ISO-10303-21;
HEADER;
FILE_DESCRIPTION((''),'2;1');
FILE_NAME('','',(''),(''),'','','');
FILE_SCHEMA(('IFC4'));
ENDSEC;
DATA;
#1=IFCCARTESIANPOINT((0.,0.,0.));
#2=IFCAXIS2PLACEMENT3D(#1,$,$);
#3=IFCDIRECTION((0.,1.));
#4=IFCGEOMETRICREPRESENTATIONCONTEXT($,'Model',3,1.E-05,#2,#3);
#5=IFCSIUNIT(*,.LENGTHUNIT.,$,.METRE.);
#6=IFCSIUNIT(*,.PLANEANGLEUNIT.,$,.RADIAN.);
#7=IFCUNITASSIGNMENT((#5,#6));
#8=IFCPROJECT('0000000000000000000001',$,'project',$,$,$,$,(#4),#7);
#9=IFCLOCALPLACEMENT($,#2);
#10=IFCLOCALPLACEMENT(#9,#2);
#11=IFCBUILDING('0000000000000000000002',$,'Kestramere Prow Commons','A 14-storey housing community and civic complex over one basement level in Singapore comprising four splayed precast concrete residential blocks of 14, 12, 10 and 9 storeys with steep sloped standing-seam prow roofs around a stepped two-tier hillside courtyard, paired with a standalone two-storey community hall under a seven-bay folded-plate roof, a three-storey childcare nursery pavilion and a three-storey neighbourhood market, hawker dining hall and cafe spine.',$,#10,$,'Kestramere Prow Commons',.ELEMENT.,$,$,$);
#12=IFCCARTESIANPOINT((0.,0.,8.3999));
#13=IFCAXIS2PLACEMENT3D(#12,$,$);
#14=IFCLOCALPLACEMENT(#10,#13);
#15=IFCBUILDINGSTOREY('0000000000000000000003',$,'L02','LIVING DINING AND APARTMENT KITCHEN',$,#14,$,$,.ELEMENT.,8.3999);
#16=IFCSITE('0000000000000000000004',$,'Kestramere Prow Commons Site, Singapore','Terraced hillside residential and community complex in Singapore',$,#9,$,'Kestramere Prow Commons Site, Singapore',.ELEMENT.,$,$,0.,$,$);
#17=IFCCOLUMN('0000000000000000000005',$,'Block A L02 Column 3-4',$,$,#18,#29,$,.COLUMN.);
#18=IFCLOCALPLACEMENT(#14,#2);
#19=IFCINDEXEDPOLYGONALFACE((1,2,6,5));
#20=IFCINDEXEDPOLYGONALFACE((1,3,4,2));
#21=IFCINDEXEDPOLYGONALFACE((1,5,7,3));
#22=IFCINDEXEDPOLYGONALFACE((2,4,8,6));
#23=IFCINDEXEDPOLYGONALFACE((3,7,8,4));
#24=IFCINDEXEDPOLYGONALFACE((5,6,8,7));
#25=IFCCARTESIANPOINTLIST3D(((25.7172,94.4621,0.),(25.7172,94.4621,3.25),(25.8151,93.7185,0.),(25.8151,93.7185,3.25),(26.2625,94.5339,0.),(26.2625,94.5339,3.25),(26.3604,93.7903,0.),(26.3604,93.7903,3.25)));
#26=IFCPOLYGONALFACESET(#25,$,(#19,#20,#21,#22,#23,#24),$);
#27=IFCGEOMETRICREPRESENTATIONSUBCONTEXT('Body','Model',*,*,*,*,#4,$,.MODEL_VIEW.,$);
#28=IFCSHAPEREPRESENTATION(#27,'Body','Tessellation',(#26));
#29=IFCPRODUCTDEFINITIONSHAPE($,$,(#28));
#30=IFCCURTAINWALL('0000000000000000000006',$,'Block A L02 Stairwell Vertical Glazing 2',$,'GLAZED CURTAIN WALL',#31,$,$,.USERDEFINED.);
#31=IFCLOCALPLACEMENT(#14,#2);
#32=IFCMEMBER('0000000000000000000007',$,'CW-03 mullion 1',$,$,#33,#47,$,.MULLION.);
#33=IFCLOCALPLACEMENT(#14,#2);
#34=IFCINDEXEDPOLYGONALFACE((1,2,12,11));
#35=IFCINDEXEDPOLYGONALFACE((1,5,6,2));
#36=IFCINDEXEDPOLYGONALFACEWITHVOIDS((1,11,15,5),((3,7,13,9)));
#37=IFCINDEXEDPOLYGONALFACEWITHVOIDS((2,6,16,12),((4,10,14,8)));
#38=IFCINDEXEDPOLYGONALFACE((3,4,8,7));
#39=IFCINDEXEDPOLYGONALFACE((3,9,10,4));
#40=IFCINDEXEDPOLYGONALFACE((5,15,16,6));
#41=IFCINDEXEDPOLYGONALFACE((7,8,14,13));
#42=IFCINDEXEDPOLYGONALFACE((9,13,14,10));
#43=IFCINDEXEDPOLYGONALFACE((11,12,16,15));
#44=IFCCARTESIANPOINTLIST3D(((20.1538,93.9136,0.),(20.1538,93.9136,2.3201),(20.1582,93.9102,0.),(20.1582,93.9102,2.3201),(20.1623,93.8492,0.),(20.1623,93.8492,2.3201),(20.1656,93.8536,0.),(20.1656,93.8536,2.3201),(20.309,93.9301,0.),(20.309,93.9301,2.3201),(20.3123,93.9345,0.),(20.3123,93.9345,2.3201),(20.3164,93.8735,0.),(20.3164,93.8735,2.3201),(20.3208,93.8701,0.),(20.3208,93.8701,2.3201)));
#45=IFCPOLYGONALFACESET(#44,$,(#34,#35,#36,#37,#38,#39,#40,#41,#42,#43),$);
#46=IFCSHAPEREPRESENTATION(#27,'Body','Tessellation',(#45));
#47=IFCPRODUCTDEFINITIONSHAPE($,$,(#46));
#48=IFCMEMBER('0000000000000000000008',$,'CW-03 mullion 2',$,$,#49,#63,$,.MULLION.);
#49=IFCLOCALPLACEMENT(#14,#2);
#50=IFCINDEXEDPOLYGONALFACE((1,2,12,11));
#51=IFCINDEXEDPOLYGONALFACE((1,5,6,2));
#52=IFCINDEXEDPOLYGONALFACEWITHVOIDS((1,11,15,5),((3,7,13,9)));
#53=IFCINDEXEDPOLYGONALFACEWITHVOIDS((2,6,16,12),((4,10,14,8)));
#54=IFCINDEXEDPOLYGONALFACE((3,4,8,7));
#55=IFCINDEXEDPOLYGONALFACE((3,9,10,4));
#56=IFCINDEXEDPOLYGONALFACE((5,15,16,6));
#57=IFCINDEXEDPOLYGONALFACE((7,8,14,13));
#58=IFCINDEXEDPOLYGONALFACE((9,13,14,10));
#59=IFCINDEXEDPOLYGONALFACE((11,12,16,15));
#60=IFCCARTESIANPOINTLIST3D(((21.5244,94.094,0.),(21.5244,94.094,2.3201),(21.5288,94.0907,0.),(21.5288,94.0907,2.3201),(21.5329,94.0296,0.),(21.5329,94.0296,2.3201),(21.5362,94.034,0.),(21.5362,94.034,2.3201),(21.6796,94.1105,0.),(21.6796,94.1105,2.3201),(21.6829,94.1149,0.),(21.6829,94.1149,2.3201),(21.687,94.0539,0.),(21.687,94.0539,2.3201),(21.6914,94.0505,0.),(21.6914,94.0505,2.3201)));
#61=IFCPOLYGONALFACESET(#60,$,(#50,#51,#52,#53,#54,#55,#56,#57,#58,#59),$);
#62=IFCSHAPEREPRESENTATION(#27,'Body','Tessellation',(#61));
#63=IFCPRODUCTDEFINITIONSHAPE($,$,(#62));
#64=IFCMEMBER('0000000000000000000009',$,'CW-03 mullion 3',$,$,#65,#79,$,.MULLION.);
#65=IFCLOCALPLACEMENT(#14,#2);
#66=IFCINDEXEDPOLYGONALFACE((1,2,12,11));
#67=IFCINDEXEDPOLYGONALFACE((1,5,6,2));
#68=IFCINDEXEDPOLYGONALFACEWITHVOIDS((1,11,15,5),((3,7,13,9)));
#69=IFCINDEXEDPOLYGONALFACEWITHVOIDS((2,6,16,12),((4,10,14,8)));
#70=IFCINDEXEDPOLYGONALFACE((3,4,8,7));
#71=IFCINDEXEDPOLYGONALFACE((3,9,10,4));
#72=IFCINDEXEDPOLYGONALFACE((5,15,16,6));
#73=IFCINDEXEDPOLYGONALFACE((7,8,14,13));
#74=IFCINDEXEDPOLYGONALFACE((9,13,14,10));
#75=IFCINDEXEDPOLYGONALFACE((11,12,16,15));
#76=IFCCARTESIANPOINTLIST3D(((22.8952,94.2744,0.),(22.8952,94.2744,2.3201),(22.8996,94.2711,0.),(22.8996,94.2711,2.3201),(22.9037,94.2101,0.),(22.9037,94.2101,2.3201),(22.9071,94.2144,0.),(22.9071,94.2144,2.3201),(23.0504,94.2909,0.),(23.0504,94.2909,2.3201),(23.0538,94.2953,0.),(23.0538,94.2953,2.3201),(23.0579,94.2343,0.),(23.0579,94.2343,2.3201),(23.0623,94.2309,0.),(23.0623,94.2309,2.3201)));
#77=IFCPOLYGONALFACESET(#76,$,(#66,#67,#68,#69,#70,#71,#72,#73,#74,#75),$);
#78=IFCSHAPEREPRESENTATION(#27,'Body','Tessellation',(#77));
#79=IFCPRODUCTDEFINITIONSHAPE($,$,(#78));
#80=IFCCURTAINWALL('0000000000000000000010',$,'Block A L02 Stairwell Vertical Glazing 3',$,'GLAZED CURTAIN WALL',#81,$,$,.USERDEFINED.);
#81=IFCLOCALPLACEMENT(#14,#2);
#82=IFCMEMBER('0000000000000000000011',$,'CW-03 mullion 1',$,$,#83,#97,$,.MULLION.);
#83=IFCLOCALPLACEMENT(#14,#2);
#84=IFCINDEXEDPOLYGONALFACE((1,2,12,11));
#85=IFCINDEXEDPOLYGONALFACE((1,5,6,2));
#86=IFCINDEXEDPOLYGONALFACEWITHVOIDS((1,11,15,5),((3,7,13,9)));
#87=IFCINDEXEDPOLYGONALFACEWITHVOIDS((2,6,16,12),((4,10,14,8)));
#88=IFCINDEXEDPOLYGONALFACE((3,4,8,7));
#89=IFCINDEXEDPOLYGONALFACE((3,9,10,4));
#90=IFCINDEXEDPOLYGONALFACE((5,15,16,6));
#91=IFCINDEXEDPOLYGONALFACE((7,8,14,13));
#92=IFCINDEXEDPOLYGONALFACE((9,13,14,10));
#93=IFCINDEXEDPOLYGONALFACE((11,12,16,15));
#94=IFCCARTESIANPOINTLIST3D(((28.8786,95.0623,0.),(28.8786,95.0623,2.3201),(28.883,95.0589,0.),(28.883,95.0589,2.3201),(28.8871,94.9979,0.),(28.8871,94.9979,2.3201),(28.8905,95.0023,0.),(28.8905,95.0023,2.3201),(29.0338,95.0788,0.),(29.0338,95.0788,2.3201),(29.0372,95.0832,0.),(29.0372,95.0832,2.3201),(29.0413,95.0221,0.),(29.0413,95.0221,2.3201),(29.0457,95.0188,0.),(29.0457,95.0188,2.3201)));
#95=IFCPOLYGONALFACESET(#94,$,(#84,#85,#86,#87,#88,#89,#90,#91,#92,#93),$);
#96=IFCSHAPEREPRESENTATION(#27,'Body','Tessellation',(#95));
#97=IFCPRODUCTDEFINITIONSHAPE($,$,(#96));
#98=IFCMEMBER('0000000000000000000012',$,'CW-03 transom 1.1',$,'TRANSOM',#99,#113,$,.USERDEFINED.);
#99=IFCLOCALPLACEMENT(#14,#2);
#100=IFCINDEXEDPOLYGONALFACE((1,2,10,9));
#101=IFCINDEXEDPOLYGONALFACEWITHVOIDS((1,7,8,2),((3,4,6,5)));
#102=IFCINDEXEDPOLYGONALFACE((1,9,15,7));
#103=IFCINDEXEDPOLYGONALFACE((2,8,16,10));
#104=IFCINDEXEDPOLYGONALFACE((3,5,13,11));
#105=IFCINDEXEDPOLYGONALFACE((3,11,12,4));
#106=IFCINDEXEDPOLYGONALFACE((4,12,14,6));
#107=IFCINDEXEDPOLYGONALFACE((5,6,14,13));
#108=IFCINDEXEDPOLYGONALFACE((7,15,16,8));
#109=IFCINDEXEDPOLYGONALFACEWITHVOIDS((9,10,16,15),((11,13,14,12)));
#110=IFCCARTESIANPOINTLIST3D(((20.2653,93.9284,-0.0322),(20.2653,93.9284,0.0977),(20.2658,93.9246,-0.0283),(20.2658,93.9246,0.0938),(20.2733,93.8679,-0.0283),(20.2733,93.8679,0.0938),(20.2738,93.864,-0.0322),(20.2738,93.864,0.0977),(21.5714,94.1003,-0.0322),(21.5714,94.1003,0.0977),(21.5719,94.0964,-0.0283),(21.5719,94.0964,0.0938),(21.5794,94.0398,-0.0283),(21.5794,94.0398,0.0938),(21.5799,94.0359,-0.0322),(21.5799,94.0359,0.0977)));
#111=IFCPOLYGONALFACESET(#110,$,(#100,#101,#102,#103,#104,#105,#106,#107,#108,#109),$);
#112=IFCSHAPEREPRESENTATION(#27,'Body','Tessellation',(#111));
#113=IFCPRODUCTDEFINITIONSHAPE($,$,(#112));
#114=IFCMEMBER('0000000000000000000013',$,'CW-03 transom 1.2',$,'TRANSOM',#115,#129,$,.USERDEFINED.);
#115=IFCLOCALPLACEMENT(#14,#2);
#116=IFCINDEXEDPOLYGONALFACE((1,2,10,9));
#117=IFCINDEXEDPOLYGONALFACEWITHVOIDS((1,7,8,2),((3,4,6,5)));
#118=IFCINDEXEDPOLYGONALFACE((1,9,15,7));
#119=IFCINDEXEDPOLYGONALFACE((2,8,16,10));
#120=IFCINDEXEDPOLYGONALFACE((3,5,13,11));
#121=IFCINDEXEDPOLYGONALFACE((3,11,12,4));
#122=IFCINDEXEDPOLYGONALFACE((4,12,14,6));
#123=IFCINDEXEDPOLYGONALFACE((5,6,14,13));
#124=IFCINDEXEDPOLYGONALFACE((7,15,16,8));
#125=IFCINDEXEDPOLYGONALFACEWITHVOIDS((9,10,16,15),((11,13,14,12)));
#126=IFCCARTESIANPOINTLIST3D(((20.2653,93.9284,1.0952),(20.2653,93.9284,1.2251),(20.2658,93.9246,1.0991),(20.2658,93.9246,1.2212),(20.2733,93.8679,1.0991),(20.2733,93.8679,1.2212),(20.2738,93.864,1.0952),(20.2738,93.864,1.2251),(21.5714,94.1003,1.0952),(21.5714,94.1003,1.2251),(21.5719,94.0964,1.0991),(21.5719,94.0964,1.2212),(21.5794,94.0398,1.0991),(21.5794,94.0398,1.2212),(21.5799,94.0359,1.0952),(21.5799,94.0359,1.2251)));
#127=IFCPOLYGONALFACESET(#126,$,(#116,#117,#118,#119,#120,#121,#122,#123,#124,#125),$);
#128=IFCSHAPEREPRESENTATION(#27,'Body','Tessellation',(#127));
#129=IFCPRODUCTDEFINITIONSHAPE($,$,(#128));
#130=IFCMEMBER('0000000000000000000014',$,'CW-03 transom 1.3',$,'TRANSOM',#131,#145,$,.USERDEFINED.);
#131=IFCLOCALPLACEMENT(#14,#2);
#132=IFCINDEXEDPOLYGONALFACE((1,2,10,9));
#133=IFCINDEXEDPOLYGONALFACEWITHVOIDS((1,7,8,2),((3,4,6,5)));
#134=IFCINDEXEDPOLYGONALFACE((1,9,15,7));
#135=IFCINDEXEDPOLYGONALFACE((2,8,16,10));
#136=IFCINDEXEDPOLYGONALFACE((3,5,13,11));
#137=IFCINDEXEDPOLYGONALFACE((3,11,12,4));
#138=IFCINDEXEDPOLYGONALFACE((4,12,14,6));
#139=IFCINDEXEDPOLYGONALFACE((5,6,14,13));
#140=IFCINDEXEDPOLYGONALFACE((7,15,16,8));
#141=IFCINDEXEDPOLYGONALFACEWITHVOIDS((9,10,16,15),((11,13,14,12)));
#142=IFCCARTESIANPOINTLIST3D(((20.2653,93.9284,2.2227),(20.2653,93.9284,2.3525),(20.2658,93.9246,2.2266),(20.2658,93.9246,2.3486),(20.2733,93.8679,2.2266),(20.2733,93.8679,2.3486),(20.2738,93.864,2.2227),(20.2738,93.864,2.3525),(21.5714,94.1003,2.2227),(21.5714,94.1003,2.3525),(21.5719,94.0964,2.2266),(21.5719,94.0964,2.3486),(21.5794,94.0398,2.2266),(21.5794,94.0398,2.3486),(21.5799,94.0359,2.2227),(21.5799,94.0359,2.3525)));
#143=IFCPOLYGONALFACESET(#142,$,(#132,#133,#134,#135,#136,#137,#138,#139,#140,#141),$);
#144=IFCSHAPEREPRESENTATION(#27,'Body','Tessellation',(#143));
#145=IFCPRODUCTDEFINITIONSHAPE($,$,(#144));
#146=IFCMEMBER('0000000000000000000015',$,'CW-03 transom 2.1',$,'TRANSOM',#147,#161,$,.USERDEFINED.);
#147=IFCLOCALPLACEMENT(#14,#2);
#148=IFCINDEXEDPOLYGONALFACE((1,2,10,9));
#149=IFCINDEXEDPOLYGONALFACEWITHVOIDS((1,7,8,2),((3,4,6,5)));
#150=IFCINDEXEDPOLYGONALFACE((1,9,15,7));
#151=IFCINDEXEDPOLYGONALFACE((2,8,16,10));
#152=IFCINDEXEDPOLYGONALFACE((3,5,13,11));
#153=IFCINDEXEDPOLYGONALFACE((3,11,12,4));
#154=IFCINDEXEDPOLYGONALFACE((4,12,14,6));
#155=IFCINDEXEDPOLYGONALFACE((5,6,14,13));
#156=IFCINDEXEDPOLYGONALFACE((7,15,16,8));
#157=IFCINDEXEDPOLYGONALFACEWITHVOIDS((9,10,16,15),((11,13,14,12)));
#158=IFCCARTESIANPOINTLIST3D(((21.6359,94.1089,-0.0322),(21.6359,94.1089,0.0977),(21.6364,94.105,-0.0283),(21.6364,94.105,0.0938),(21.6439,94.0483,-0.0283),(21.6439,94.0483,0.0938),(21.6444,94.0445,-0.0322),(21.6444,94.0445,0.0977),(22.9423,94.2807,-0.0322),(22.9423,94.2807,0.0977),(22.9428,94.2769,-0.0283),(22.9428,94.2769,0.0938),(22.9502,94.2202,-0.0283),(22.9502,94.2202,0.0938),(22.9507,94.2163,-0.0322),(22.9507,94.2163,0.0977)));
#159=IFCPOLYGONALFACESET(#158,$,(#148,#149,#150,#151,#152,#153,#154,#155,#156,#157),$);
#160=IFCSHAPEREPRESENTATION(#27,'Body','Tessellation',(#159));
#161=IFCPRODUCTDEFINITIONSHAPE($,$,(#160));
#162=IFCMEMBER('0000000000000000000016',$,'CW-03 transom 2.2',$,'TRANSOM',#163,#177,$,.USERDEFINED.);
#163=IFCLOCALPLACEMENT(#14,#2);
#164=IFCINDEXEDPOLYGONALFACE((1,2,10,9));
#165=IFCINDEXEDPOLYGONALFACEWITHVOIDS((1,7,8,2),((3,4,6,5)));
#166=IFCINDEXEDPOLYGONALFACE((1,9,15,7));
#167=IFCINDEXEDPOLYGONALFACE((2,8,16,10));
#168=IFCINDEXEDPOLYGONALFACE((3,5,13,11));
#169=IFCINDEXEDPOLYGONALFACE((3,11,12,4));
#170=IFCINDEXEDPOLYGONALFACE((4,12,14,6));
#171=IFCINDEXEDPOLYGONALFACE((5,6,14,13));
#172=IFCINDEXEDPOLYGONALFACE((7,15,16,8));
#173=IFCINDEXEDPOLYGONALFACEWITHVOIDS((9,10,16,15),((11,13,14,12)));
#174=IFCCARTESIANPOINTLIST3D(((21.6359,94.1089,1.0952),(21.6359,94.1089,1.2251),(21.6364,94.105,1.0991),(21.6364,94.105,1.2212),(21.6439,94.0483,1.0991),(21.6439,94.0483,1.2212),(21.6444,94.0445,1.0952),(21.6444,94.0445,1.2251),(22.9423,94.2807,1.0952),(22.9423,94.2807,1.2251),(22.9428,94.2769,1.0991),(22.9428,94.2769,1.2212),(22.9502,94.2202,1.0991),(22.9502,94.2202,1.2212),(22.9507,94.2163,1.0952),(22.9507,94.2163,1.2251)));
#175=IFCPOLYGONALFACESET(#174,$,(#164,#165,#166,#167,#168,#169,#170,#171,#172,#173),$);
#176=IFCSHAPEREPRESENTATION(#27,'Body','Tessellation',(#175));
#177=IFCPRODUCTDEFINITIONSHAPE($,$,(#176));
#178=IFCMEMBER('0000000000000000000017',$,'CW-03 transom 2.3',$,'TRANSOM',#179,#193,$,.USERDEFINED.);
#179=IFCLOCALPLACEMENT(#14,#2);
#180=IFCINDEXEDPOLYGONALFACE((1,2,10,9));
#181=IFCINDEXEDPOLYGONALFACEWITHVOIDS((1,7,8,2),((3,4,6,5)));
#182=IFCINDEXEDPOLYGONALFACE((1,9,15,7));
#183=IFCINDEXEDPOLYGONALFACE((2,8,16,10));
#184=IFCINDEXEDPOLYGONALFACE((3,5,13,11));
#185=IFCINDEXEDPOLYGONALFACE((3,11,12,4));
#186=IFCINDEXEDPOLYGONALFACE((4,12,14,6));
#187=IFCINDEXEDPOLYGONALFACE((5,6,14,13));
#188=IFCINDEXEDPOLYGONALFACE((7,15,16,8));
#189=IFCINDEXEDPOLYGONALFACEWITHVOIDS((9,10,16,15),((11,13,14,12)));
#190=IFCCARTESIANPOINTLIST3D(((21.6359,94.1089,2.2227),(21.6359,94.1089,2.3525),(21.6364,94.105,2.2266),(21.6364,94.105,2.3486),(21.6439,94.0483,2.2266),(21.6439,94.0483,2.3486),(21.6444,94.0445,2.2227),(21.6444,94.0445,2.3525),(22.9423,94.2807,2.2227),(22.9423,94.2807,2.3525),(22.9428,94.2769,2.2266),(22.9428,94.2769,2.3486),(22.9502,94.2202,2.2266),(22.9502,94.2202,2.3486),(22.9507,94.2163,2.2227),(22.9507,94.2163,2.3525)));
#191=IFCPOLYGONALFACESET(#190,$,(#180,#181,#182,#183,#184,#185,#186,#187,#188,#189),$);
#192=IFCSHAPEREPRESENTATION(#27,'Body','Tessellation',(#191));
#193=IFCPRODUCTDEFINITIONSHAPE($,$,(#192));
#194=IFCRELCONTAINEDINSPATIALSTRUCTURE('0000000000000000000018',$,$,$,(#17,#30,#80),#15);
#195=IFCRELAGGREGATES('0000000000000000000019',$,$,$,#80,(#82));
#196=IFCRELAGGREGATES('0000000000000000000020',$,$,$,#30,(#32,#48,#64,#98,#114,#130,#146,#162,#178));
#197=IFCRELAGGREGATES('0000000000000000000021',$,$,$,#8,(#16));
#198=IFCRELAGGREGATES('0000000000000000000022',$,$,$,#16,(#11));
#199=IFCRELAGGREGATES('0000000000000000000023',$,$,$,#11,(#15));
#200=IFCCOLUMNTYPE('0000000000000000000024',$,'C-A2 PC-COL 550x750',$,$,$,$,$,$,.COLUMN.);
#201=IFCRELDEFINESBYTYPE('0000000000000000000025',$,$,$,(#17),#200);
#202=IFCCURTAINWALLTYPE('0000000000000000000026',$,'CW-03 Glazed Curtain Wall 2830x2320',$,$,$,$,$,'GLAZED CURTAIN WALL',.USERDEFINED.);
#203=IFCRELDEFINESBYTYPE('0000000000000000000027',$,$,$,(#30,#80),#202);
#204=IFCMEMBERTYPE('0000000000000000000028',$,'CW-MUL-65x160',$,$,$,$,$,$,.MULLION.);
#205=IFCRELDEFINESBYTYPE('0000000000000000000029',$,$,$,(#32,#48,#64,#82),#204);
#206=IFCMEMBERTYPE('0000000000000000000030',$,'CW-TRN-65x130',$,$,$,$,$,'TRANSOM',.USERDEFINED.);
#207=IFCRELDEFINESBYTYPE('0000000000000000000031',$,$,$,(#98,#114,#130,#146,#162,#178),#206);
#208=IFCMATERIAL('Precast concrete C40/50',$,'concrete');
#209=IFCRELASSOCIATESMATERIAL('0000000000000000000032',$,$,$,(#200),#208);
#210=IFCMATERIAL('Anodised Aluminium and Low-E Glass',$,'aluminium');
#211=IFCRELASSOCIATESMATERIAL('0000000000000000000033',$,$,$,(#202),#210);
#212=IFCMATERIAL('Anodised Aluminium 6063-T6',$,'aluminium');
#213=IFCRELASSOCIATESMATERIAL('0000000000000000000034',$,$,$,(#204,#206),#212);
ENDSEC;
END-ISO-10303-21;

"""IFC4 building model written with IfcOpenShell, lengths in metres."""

from ifc_helpers import new_model, si_unit, direction, frame, origin, origin_2d, place, context, subcontext, project, spatial, rectangle, hollow_rectangle, extrude, material, material_profile, profile_set, type_object, element, aggregate, save


model = new_model("IFC4")

# Units and contexts
model_context = context("Model", 3, precision=1e-05, world=origin(), true_north=direction((0.0, 1.0)))
body_context = subcontext(model_context, "Body", "Model", "MODEL_VIEW")
ifc_project = project(units=[si_unit("LENGTHUNIT", "METRE"), si_unit("PLANEANGLEUNIT", "RADIAN")], contexts=[model_context])

# Site, building, storey
site_placement = place(None, origin())
site = spatial("IfcSite", under=ifc_project, at=site_placement, Name="Kestramere Prow Commons Site, Singapore", Description="Terraced hillside residential and community complex in Singapore", LongName="Kestramere Prow Commons Site, Singapore", CompositionType="ELEMENT", RefElevation=0.0)
building_placement = place(site_placement, origin())
building = spatial("IfcBuilding", under=site, at=building_placement, Name="Kestramere Prow Commons", Description="A 14-storey housing community and civic complex over one basement level in Singapore comprising four splayed precast concrete residential blocks of 14, 12, 10 and 9 storeys with steep sloped standing-seam prow roofs around a stepped two-tier hillside courtyard, paired with a standalone two-storey community hall under a seven-bay folded-plate roof, a three-storey childcare nursery pavilion and a three-storey neighbourhood market, hawker dining hall and cafe spine.", LongName="Kestramere Prow Commons", CompositionType="ELEMENT")
storey_placement = place(building_placement, frame((0.0, 0.0, 8.3999)))
storey = spatial("IfcBuildingStorey", under=building, at=storey_placement, Name="L02", Description="LIVING DINING AND APARTMENT KITCHEN", CompositionType="ELEMENT", Elevation=8.3999)

# Column
ifc_material_1 = material(Name="Precast concrete C40/50", Category="concrete")
ifc_material_profile_1 = material_profile(ifc_material_1, rectangle(XDim=0.55, YDim=0.75, at=origin_2d()), Name="PC-COL 550x750")
ifc_profile_set_1 = profile_set([ifc_material_profile_1], Name="Precast concrete C40/50")
column_type = type_object("IfcColumnType", Name="C-A2 PC-COL 550x750", PredefinedType="COLUMN", material=ifc_profile_set_1)
column_placement = place(storey_placement, frame((26.0388, 94.1262, 0.0), z_axis=(0.0, 0.0, 1.0), x_axis=(0.991445, 0.130526, 0.0)))
element("IfcColumn", 1, at=column_placement, inside=storey, type_object=column_type, Name="Block A L02 Column 3-4", PredefinedType="COLUMN", context=body_context, shape_type="SweptSolid", body=[
    extrude(rectangle(XDim=0.55, YDim=0.75, at=origin_2d()), origin(), (0.0, 0.0, 1.0), 3.25),
])

# Curtain wall, members
ifc_material_2 = material(Name="Anodised Aluminium and Low-E Glass", Category="aluminium")
curtain_wall_type = type_object("IfcCurtainWallType", Name="CW-03 Glazed Curtain Wall 2830x2320", ElementType="GLAZED CURTAIN WALL", PredefinedType="USERDEFINED", material=ifc_material_2)
curtain_wall_1_placement = place(storey_placement, origin())
curtain_wall_1 = element("IfcCurtainWall", 2, at=curtain_wall_1_placement, inside=storey, type_object=curtain_wall_type, Name="Block A L02 Stairwell Vertical Glazing 2", ObjectType="GLAZED CURTAIN WALL", PredefinedType="USERDEFINED")
ifc_material_3 = material(Name="Anodised Aluminium 6063-T6", Category="aluminium")
ifc_material_profile_2 = material_profile(ifc_material_3, hollow_rectangle(XDim=0.0649, YDim=0.1599, WallThickness=0.0039, at=origin_2d()), Name="ALU-MUL 65x160")
ifc_profile_set_2 = profile_set([ifc_material_profile_2], Name="Anodised Aluminium 6063-T6")
member_type_1 = type_object("IfcMemberType", Name="CW-MUL-65x160", PredefinedType="MULLION", material=ifc_profile_set_2)
member_1_placement = place(storey_placement, frame((20.2373, 93.8918, 0.0), z_axis=(0.0, 0.0, 1.0), x_axis=(-0.130526, 0.991445, 0.0)))
member_1 = element("IfcMember", 3, at=member_1_placement, type_object=member_type_1, Name="CW-03 mullion 1", PredefinedType="MULLION", context=body_context, shape_type="SweptSolid", body=[
    extrude(hollow_rectangle(XDim=0.0649, YDim=0.1599, WallThickness=0.0039, at=origin_2d()), origin(), (0.0, 0.0, 1.0), 2.3201),
])
member_2_placement = place(storey_placement, frame((21.6079, 94.0723, 0.0), z_axis=(0.0, 0.0, 1.0), x_axis=(-0.130526, 0.991445, 0.0)))
member_2 = element("IfcMember", 4, at=member_2_placement, type_object=member_type_1, Name="CW-03 mullion 2", PredefinedType="MULLION", context=body_context, shape_type="SweptSolid", body=[
    extrude(hollow_rectangle(XDim=0.0649, YDim=0.1599, WallThickness=0.0039, at=origin_2d()), origin(), (0.0, 0.0, 1.0), 2.3201),
])
member_3_placement = place(storey_placement, frame((22.9788, 94.2527, 0.0), z_axis=(0.0, 0.0, 1.0), x_axis=(-0.130526, 0.991445, 0.0)))
member_3 = element("IfcMember", 5, at=member_3_placement, type_object=member_type_1, Name="CW-03 mullion 3", PredefinedType="MULLION", context=body_context, shape_type="SweptSolid", body=[
    extrude(hollow_rectangle(XDim=0.0649, YDim=0.1599, WallThickness=0.0039, at=origin_2d()), origin(), (0.0, 0.0, 1.0), 2.3201),
])

# Curtain wall, member
curtain_wall_2_placement = place(storey_placement, origin())
curtain_wall_2 = element("IfcCurtainWall", 6, at=curtain_wall_2_placement, inside=storey, type_object=curtain_wall_type, Name="Block A L02 Stairwell Vertical Glazing 3", ObjectType="GLAZED CURTAIN WALL", PredefinedType="USERDEFINED")
member_4_placement = place(storey_placement, frame((28.9622, 95.0405, 0.0), z_axis=(0.0, 0.0, 1.0), x_axis=(-0.130526, 0.991445, 0.0)))
member_4 = element("IfcMember", 7, at=member_4_placement, type_object=member_type_1, Name="CW-03 mullion 1", PredefinedType="MULLION", context=body_context, shape_type="SweptSolid", body=[
    extrude(hollow_rectangle(XDim=0.0649, YDim=0.1599, WallThickness=0.0039, at=origin_2d()), origin(), (0.0, 0.0, 1.0), 2.3201),
])

# Members
ifc_material_profile_3 = material_profile(ifc_material_3, hollow_rectangle(XDim=0.0649, YDim=0.1299, WallThickness=0.0039, at=origin_2d()), Name="ALU-TRN 65x130")
ifc_profile_set_3 = profile_set([ifc_material_profile_3], Name="Anodised Aluminium 6063-T6")
member_type_2 = type_object("IfcMemberType", Name="CW-TRN-65x130", ElementType="TRANSOM", PredefinedType="USERDEFINED", material=ifc_profile_set_3)
member_5_placement = place(storey_placement, frame((20.2695, 93.8962, 0.0327), z_axis=(0.991453, 0.130464, 0.0), x_axis=(-0.130464, 0.991453, 0.0)))
member_5 = element("IfcMember", 8, at=member_5_placement, type_object=member_type_2, Name="CW-03 transom 1.1", ObjectType="TRANSOM", PredefinedType="USERDEFINED", context=body_context, shape_type="SweptSolid", body=[
    extrude(hollow_rectangle(XDim=0.0649, YDim=0.1299, WallThickness=0.0039, at=origin_2d()), origin(), (0.0, 0.0, 1.0), 1.3174),
])
member_6_placement = place(storey_placement, frame((20.2695, 93.8962, 1.1602), z_axis=(0.991453, 0.130464, 0.0), x_axis=(-0.130464, 0.991453, 0.0)))
member_6 = element("IfcMember", 9, at=member_6_placement, type_object=member_type_2, Name="CW-03 transom 1.2", ObjectType="TRANSOM", PredefinedType="USERDEFINED", context=body_context, shape_type="SweptSolid", body=[
    extrude(hollow_rectangle(XDim=0.0649, YDim=0.1299, WallThickness=0.0039, at=origin_2d()), origin(), (0.0, 0.0, 1.0), 1.3174),
])
member_7_placement = place(storey_placement, frame((20.2695, 93.8962, 2.2876), z_axis=(0.991453, 0.130464, 0.0), x_axis=(-0.130464, 0.991453, 0.0)))
member_7 = element("IfcMember", 10, at=member_7_placement, type_object=member_type_2, Name="CW-03 transom 1.3", ObjectType="TRANSOM", PredefinedType="USERDEFINED", context=body_context, shape_type="SweptSolid", body=[
    extrude(hollow_rectangle(XDim=0.0649, YDim=0.1299, WallThickness=0.0039, at=origin_2d()), origin(), (0.0, 0.0, 1.0), 1.3174),
])
member_8_placement = place(storey_placement, frame((21.6401, 94.0767, 0.0327), z_axis=(0.991456, 0.13044, 0.0), x_axis=(-0.13044, 0.991456, 0.0)))
member_8 = element("IfcMember", 11, at=member_8_placement, type_object=member_type_2, Name="CW-03 transom 2.1", ObjectType="TRANSOM", PredefinedType="USERDEFINED", context=body_context, shape_type="SweptSolid", body=[
    extrude(hollow_rectangle(XDim=0.0649, YDim=0.1299, WallThickness=0.0039, at=origin_2d()), origin(), (0.0, 0.0, 1.0), 1.3176),
])
member_9_placement = place(storey_placement, frame((21.6401, 94.0767, 1.1602), z_axis=(0.991456, 0.13044, 0.0), x_axis=(-0.13044, 0.991456, 0.0)))
member_9 = element("IfcMember", 12, at=member_9_placement, type_object=member_type_2, Name="CW-03 transom 2.2", ObjectType="TRANSOM", PredefinedType="USERDEFINED", context=body_context, shape_type="SweptSolid", body=[
    extrude(hollow_rectangle(XDim=0.0649, YDim=0.1299, WallThickness=0.0039, at=origin_2d()), origin(), (0.0, 0.0, 1.0), 1.3176),
])
member_10_placement = place(storey_placement, frame((21.6401, 94.0767, 2.2876), z_axis=(0.991456, 0.13044, 0.0), x_axis=(-0.13044, 0.991456, 0.0)))
member_10 = element("IfcMember", 13, at=member_10_placement, type_object=member_type_2, Name="CW-03 transom 2.3", ObjectType="TRANSOM", PredefinedType="USERDEFINED", context=body_context, shape_type="SweptSolid", body=[
    extrude(hollow_rectangle(XDim=0.0649, YDim=0.1299, WallThickness=0.0039, at=origin_2d()), origin(), (0.0, 0.0, 1.0), 1.3176),
])
aggregate(curtain_wall_2, [member_4])

aggregate(curtain_wall_1, [member_1, member_2, member_3, member_5, member_6, member_7, member_8, member_9, member_10])

save(model, "model.ifc")
